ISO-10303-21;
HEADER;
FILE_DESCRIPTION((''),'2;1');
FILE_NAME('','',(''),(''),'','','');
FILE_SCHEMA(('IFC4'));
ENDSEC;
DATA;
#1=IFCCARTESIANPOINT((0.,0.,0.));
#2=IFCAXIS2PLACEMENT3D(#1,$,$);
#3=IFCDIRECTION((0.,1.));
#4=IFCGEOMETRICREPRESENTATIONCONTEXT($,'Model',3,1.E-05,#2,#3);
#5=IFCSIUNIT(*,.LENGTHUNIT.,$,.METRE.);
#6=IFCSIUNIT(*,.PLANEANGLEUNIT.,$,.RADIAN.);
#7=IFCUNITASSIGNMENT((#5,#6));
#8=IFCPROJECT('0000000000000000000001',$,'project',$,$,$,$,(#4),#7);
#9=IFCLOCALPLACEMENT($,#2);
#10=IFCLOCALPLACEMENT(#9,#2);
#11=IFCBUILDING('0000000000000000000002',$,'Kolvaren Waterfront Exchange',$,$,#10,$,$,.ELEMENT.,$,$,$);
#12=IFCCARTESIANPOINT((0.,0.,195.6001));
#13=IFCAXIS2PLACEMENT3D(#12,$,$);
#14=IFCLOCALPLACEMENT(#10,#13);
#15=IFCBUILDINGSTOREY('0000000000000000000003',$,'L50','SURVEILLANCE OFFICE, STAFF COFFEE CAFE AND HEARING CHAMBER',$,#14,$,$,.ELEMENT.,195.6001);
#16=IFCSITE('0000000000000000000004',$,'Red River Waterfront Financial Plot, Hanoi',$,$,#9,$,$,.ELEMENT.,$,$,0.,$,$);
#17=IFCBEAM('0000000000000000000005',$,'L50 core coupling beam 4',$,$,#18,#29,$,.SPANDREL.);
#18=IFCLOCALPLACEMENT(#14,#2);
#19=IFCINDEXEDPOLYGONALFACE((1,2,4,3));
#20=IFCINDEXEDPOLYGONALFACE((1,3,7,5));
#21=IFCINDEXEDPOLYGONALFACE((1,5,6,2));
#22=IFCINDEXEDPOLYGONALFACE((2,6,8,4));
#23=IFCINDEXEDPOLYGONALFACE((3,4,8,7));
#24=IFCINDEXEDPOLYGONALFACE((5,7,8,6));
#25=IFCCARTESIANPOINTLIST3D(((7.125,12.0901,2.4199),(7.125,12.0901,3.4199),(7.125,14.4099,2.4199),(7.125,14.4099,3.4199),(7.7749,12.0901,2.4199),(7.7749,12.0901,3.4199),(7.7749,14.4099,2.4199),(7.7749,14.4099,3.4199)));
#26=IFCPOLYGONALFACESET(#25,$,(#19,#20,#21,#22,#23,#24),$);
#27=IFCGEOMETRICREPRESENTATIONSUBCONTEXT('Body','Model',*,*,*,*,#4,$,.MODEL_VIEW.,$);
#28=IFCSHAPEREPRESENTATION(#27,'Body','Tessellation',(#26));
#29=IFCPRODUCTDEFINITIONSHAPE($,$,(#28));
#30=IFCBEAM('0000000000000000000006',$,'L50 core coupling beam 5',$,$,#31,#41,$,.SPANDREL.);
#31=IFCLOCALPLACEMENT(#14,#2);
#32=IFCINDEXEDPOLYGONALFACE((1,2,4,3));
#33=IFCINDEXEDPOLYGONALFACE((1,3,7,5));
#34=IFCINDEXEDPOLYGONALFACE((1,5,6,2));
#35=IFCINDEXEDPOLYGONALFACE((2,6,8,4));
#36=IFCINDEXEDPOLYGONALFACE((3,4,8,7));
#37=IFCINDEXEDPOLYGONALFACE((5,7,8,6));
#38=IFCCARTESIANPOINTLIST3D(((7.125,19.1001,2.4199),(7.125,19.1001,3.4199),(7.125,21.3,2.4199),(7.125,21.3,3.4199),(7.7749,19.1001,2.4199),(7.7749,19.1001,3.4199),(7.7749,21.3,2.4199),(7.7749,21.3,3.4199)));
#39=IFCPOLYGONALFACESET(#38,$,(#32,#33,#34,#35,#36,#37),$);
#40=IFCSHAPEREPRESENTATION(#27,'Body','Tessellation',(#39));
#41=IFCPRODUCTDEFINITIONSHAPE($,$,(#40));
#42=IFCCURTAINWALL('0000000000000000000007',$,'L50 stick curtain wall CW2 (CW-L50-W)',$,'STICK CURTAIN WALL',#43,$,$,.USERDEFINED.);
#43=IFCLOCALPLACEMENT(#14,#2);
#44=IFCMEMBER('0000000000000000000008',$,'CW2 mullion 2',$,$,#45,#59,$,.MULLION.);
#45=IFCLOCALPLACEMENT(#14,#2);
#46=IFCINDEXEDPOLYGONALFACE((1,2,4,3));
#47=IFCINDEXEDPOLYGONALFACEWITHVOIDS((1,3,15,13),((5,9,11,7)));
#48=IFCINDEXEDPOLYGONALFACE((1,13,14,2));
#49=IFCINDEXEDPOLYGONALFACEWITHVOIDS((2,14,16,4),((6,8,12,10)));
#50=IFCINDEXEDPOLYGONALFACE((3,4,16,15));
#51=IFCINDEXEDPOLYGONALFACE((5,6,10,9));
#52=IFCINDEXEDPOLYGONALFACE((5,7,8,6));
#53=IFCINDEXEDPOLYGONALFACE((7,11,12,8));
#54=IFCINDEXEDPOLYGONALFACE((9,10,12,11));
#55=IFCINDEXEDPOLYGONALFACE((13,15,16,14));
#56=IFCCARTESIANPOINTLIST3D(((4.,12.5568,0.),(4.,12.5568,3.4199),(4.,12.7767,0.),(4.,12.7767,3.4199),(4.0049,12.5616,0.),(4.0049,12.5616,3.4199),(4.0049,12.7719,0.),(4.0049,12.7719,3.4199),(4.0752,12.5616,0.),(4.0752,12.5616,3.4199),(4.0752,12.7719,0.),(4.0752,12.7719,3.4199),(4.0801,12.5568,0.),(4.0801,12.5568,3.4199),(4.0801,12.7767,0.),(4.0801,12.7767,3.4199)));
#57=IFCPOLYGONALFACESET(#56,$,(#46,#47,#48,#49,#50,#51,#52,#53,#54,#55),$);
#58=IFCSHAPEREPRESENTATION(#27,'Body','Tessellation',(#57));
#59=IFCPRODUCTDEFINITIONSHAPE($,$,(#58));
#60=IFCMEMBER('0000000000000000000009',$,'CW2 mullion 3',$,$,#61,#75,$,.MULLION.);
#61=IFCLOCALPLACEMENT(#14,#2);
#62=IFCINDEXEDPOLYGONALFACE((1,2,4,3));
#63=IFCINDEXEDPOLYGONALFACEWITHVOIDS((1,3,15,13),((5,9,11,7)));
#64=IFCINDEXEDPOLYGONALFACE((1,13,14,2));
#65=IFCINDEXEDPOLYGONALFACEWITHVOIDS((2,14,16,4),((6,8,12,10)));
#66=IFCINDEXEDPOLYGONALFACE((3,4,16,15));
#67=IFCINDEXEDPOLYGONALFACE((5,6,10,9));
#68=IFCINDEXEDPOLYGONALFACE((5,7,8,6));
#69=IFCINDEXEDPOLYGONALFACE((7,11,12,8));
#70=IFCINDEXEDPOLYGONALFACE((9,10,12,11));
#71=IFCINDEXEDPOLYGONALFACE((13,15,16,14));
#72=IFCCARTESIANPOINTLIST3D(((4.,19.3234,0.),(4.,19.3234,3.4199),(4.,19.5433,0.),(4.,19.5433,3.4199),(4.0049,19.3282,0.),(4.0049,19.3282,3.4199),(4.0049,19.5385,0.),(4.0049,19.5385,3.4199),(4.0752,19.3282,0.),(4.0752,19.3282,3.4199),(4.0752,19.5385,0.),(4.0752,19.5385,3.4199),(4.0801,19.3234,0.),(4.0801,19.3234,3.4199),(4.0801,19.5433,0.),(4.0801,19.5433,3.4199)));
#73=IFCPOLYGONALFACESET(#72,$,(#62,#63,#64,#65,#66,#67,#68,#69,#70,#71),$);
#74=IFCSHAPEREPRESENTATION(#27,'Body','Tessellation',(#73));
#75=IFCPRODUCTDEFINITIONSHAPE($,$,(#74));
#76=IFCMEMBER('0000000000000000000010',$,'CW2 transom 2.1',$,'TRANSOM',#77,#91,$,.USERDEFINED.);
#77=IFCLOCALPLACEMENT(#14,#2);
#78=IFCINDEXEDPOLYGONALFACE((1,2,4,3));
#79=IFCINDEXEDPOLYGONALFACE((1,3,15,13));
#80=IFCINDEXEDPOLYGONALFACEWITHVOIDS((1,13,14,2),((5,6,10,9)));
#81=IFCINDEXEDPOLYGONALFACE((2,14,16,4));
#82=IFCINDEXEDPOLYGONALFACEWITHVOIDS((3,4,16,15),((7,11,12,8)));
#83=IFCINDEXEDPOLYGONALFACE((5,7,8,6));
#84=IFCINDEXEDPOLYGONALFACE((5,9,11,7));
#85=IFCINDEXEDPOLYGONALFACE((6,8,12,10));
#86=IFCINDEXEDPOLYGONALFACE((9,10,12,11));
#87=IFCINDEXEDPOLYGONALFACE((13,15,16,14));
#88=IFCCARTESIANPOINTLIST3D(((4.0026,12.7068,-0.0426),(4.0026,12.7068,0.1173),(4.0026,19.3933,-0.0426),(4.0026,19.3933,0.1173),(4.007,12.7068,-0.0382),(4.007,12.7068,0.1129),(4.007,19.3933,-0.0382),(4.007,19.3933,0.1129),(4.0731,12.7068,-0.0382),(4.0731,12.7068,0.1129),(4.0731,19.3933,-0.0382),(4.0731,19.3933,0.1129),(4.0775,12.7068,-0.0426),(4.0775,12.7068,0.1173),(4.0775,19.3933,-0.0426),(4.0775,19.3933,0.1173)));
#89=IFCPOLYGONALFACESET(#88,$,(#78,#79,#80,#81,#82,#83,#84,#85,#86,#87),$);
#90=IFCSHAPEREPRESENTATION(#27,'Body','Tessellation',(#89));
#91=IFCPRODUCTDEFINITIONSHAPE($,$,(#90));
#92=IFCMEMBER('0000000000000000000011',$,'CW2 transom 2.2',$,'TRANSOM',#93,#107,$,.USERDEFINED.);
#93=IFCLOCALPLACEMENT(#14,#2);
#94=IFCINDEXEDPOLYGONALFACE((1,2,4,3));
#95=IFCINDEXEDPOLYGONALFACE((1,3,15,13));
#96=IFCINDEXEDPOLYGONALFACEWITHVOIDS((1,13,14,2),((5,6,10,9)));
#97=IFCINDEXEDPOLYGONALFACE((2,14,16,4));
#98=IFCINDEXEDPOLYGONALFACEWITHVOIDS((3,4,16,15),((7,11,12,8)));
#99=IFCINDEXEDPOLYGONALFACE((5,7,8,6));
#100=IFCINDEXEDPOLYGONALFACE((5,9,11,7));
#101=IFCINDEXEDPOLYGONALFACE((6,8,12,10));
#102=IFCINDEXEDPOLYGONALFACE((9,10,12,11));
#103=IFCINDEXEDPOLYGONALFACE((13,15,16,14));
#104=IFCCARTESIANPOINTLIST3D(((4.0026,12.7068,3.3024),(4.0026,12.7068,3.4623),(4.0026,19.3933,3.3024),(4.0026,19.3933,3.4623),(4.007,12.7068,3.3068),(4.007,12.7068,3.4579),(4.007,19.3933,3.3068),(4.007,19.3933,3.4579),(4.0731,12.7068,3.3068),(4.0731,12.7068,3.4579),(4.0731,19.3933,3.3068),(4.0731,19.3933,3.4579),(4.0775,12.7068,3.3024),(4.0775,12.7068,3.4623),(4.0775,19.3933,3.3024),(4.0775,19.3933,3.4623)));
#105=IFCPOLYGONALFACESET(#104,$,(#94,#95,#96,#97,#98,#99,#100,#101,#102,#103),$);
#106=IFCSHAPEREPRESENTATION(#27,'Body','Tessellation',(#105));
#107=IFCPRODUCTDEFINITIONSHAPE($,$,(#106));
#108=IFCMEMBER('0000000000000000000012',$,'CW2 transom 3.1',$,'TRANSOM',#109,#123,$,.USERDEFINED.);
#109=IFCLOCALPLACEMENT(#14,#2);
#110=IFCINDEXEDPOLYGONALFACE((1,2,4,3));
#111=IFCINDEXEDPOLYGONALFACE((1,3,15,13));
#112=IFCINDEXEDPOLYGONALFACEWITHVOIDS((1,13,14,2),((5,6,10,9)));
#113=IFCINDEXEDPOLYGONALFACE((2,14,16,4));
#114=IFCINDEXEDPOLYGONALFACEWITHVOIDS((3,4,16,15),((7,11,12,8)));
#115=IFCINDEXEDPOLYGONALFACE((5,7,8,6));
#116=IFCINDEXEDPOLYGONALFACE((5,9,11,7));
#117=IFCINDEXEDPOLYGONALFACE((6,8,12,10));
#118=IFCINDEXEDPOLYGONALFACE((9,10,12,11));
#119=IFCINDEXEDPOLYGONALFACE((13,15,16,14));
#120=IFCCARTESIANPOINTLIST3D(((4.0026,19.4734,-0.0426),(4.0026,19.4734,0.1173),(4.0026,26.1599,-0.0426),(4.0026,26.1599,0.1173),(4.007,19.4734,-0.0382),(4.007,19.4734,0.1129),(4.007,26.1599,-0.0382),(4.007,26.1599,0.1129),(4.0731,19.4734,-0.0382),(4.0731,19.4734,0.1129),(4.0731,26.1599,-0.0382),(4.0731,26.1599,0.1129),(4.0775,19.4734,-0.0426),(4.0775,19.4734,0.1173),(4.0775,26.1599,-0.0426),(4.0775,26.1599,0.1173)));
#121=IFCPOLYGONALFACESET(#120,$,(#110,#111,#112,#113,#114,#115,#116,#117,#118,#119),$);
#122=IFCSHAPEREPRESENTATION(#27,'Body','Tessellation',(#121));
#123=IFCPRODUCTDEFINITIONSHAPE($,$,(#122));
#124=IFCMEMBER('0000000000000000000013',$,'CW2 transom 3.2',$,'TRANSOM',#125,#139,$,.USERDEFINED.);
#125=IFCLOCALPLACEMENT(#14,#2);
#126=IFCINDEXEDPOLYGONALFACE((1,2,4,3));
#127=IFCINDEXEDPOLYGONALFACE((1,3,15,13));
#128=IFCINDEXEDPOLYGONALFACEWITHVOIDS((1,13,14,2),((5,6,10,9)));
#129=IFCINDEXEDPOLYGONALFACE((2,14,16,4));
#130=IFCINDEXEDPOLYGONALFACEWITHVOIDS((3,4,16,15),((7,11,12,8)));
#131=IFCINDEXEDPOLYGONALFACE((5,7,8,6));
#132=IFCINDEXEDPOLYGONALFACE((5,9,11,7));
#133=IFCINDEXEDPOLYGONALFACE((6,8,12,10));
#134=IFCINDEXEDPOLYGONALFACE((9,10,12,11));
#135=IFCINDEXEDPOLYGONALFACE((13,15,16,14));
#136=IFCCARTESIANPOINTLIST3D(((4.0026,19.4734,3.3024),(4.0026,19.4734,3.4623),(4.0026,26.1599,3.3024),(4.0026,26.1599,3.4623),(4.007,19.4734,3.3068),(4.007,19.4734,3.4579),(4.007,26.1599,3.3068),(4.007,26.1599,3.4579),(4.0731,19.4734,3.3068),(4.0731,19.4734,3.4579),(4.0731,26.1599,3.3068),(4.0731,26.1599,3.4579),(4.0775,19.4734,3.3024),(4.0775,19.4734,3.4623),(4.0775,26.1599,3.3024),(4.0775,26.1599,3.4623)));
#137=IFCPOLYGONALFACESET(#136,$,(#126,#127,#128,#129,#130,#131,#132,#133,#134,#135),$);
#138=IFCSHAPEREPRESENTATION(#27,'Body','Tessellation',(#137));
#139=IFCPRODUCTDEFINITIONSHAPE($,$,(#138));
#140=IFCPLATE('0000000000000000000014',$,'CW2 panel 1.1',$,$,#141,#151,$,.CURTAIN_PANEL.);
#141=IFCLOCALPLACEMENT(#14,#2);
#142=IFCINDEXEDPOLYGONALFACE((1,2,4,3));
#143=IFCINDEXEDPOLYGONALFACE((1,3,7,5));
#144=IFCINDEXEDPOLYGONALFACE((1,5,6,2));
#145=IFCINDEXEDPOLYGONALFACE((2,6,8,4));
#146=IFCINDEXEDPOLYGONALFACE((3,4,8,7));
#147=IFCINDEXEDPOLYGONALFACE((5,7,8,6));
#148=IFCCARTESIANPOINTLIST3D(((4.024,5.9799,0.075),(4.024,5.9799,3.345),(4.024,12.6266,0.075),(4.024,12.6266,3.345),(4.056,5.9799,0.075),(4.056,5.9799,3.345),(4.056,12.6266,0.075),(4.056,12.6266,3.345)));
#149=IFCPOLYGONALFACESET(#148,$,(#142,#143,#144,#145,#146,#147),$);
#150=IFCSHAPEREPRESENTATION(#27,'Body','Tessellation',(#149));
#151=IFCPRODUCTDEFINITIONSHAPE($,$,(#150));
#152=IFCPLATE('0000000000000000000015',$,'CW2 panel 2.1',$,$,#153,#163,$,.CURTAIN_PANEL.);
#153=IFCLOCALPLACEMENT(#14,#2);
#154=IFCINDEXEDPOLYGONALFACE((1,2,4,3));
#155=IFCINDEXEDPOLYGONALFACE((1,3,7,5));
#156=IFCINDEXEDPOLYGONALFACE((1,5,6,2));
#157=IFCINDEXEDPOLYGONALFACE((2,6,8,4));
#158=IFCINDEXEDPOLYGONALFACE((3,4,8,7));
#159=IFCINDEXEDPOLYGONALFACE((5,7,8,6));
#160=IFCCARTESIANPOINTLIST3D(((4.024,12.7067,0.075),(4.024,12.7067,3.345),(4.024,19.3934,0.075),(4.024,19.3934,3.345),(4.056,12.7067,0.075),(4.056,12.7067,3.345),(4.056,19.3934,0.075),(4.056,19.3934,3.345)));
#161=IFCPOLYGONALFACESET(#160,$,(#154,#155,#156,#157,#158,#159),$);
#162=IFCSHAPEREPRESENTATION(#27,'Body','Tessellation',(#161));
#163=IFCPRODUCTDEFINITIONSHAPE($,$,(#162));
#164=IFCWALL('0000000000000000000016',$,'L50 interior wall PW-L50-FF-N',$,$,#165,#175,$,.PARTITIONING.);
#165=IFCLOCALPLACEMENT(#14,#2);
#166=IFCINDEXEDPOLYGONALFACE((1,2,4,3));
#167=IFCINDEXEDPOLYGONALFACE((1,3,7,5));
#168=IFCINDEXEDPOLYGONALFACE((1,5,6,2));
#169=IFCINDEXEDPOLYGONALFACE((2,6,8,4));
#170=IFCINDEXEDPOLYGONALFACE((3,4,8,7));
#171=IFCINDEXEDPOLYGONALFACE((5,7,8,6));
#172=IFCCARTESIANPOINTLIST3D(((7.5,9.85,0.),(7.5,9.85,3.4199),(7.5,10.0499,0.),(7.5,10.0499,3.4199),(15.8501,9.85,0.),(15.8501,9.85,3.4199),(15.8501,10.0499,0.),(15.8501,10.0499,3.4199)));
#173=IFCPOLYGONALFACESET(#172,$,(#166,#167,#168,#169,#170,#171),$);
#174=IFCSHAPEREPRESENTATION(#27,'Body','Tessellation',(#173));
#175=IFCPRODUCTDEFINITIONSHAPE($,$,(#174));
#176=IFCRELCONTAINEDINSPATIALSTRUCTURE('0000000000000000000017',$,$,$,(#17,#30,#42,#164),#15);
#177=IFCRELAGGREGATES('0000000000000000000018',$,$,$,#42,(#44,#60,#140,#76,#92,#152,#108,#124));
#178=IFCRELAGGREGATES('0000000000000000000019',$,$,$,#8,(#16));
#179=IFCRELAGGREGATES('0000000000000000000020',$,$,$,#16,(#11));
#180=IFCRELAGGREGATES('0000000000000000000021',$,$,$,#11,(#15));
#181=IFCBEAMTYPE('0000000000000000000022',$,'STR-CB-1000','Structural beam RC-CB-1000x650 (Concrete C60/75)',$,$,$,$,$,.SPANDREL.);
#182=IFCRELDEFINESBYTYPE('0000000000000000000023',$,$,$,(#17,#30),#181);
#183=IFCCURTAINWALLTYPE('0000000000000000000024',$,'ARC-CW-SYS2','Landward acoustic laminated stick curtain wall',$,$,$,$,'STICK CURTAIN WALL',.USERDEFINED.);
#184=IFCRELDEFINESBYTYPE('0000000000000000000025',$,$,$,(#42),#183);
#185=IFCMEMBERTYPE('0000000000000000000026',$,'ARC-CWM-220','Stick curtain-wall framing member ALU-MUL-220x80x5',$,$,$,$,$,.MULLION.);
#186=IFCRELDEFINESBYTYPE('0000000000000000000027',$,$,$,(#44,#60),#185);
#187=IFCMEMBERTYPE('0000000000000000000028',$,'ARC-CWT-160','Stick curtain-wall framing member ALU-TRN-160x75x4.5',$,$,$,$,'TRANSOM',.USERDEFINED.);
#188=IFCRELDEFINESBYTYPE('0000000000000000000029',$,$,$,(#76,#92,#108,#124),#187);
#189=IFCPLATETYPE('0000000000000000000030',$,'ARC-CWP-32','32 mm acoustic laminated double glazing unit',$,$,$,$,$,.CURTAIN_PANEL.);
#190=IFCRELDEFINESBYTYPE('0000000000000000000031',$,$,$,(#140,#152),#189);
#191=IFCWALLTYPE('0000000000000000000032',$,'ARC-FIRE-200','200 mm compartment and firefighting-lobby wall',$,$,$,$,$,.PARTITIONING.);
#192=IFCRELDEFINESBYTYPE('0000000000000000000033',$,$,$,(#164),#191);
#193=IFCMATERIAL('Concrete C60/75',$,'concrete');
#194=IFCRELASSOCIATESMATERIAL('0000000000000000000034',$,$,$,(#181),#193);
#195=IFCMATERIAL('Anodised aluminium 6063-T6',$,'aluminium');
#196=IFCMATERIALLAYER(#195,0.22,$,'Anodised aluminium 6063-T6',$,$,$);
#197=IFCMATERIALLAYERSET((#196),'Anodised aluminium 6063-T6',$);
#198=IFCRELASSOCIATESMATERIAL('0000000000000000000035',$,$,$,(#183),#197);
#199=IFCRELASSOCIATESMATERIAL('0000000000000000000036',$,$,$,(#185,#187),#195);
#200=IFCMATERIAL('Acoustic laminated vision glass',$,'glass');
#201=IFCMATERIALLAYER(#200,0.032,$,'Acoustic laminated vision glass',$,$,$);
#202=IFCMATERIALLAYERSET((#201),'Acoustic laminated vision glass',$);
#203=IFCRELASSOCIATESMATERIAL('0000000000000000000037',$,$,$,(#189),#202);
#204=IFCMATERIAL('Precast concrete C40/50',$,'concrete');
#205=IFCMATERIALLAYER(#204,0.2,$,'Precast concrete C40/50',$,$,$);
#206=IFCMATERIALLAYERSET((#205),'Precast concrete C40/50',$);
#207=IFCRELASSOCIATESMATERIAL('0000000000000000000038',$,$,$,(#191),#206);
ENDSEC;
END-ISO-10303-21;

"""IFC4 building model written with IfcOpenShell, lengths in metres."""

from ifc_helpers import new_model, si_unit, direction, frame, frame_2d, origin, origin_with_axes, origin_2d, place, context, subcontext, project, spatial, rectangle, hollow_rectangle, extrude, source, transform, mapped, material, layer, layer_set, material_profile, profile_set, type_object, element, aggregate, save


model = new_model("IFC4")

# Units and contexts
model_context = context("Model", 3, precision=1e-05, world=origin(), true_north=direction((0.0, 1.0)))
body_context = subcontext(model_context, "Body", "Model", "MODEL_VIEW")
ifc_project = project(units=[si_unit("LENGTHUNIT", "METRE"), si_unit("PLANEANGLEUNIT", "RADIAN")], contexts=[model_context])

# Site, building, storey
site_placement = place(None, origin())
site = spatial("IfcSite", under=ifc_project, at=site_placement, Name="Red River Waterfront Financial Plot, Hanoi", CompositionType="ELEMENT", RefElevation=0.0)
building_placement = place(site_placement, origin())
building = spatial("IfcBuilding", under=site, at=building_placement, Name="Kolvaren Waterfront Exchange", CompositionType="ELEMENT")
storey_placement = place(building_placement, frame((0.0, 0.0, 195.6001)))
storey = spatial("IfcBuildingStorey", under=building, at=storey_placement, Name="L50", Description="SURVEILLANCE OFFICE, STAFF COFFEE CAFE AND HEARING CHAMBER", CompositionType="ELEMENT", Elevation=195.6001)

# Beams
ifc_material_1 = material(Name="Concrete C60/75", Category="concrete")
ifc_material_profile_1 = material_profile(ifc_material_1, rectangle(XDim=0.6499, YDim=1.0, at=origin_2d()), Name="RC-CB-1000x650")
ifc_profile_set_1 = profile_set([ifc_material_profile_1], Name="Concrete C60/75")
beam_type = type_object("IfcBeamType", Name="STR-CB-1000", Description="Structural beam RC-CB-1000x650 (Concrete C60/75)", PredefinedType="SPANDREL", material=ifc_profile_set_1)
beam_1_placement = place(storey_placement, frame((7.45, 12.0901, 2.9199), z_axis=(0.0, 1.0, 0.0), x_axis=(-1.0, 0.0, 0.0)))
element("IfcBeam", 1, at=beam_1_placement, inside=storey, type_object=beam_type, Name="L50 core coupling beam 4", PredefinedType="SPANDREL", context=body_context, shape_type="SweptSolid", body=[
    extrude(rectangle(XDim=0.6499, YDim=1.0, at=origin_2d()), origin(), (0.0, 0.0, 1.0), 2.3198),
])
beam_2_placement = place(storey_placement, frame((7.45, 19.1001, 2.9199), z_axis=(0.0, 1.0, 0.0), x_axis=(-1.0, 0.0, 0.0)))
element("IfcBeam", 2, at=beam_2_placement, inside=storey, type_object=beam_type, Name="L50 core coupling beam 5", PredefinedType="SPANDREL", context=body_context, shape_type="SweptSolid", body=[
    extrude(rectangle(XDim=0.6499, YDim=1.0, at=origin_2d()), origin(), (0.0, 0.0, 1.0), 2.2),
])

# Curtain wall, members, plates
ifc_material_2 = material(Name="Anodised aluminium 6063-T6", Category="aluminium")
ifc_layer_1 = layer(ifc_material_2, 0.22, Name="Anodised aluminium 6063-T6")
ifc_layer_set_1 = layer_set([ifc_layer_1], Name="Anodised aluminium 6063-T6")
curtain_wall_type = type_object("IfcCurtainWallType", Name="ARC-CW-SYS2", Description="Landward acoustic laminated stick curtain wall", ElementType="STICK CURTAIN WALL", PredefinedType="USERDEFINED", material=ifc_layer_set_1)
curtain_wall_placement = place(storey_placement, origin())
curtain_wall = element("IfcCurtainWall", 3, at=curtain_wall_placement, inside=storey, type_object=curtain_wall_type, Name="L50 stick curtain wall CW2 (CW-L50-W)", ObjectType="STICK CURTAIN WALL", PredefinedType="USERDEFINED")
ifc_material_profile_2 = material_profile(ifc_material_2, hollow_rectangle(XDim=0.0801, YDim=0.22, WallThickness=0.0049, at=origin_2d()), Name="ALU-MUL-220x80x5")
ifc_profile_set_2 = profile_set([ifc_material_profile_2], Name="Anodised aluminium 6063-T6")
member_type_1 = type_object("IfcMemberType", Name="ARC-CWM-220", Description="Stick curtain-wall framing member ALU-MUL-220x80x5", PredefinedType="MULLION", material=ifc_profile_set_2)
shared_shape_1 = source(origin_with_axes(), body_context, "Body", "SweptSolid", [
    extrude(hollow_rectangle(XDim=0.0801, YDim=0.22, WallThickness=0.0049, at=origin_2d()), origin(), (0.0, 0.0, 1.0), 3.4199),
])
member_1_placement = place(storey_placement, frame((4.04, 12.6667, 0.0), z_axis=(0.0, 0.0, 1.0), x_axis=(-1.0, 0.0, 0.0)))
member_1 = element("IfcMember", 4, at=member_1_placement, type_object=member_type_1, Name="CW2 mullion 2", PredefinedType="MULLION", context=body_context, shape_type="MappedRepresentation", body=[
    mapped(shared_shape_1, transform((0.0, 0.0, 0.0), x_axis=(1.0, 0.0, 0.0), y_axis=(0.0, 1.0, 0.0), z_axis=(0.0, 0.0, 1.0), scale=1.0)),
])
member_2_placement = place(storey_placement, frame((4.04, 19.4333, 0.0), z_axis=(0.0, 0.0, 1.0), x_axis=(-1.0, 0.0, 0.0)))
member_2 = element("IfcMember", 5, at=member_2_placement, type_object=member_type_1, Name="CW2 mullion 3", PredefinedType="MULLION", context=body_context, shape_type="MappedRepresentation", body=[
    mapped(shared_shape_1, transform((0.0, 0.0, 0.0), x_axis=(1.0, 0.0, 0.0), y_axis=(0.0, 1.0, 0.0), z_axis=(0.0, 0.0, 1.0), scale=1.0)),
])
ifc_material_profile_3 = material_profile(ifc_material_2, hollow_rectangle(XDim=0.075, YDim=0.1599, WallThickness=0.0044, at=origin_2d()), Name="ALU-TRN-160x75x4.5")
ifc_profile_set_3 = profile_set([ifc_material_profile_3], Name="Anodised aluminium 6063-T6")
member_type_2 = type_object("IfcMemberType", Name="ARC-CWT-160", Description="Stick curtain-wall framing member ALU-TRN-160x75x4.5", ElementType="TRANSOM", PredefinedType="USERDEFINED", material=ifc_profile_set_3)
shared_shape_2 = source(origin_with_axes(), body_context, "Body", "SweptSolid", [
    extrude(hollow_rectangle(XDim=0.075, YDim=0.1599, WallThickness=0.0044, at=origin_2d()), origin(), (0.0, 0.0, 1.0), 6.6865),
])
member_3_placement = place(storey_placement, frame((4.04, 12.7068, 0.0374), z_axis=(0.0, 1.0, 0.0), x_axis=(-1.0, 0.0, 0.0)))
member_3 = element("IfcMember", 6, at=member_3_placement, type_object=member_type_2, Name="CW2 transom 2.1", ObjectType="TRANSOM", PredefinedType="USERDEFINED", context=body_context, shape_type="MappedRepresentation", body=[
    mapped(shared_shape_2, transform((0.0, 0.0, 0.0), x_axis=(1.0, 0.0, 0.0), y_axis=(0.0, 1.0, 0.0), z_axis=(0.0, 0.0, 1.0), scale=1.0)),
])
member_4_placement = place(storey_placement, frame((4.04, 12.7068, 3.3823), z_axis=(0.0, 1.0, 0.0), x_axis=(-1.0, 0.0, 0.0)))
member_4 = element("IfcMember", 7, at=member_4_placement, type_object=member_type_2, Name="CW2 transom 2.2", ObjectType="TRANSOM", PredefinedType="USERDEFINED", context=body_context, shape_type="MappedRepresentation", body=[
    mapped(shared_shape_2, transform((0.0, 0.0, 0.0), x_axis=(1.0, 0.0, 0.0), y_axis=(0.0, 1.0, 0.0), z_axis=(0.0, 0.0, 1.0), scale=1.0)),
])
member_5_placement = place(storey_placement, frame((4.04, 19.4734, 0.0374), z_axis=(0.0, 1.0, 0.0), x_axis=(-1.0, 0.0, 0.0)))
member_5 = element("IfcMember", 8, at=member_5_placement, type_object=member_type_2, Name="CW2 transom 3.1", ObjectType="TRANSOM", PredefinedType="USERDEFINED", context=body_context, shape_type="MappedRepresentation", body=[
    mapped(shared_shape_2, transform((0.0, 0.0, 0.0), x_axis=(1.0, 0.0, 0.0), y_axis=(0.0, 1.0, 0.0), z_axis=(0.0, 0.0, 1.0), scale=1.0)),
])
member_6_placement = place(storey_placement, frame((4.04, 19.4734, 3.3823), z_axis=(0.0, 1.0, 0.0), x_axis=(-1.0, 0.0, 0.0)))
member_6 = element("IfcMember", 9, at=member_6_placement, type_object=member_type_2, Name="CW2 transom 3.2", ObjectType="TRANSOM", PredefinedType="USERDEFINED", context=body_context, shape_type="MappedRepresentation", body=[
    mapped(shared_shape_2, transform((0.0, 0.0, 0.0), x_axis=(1.0, 0.0, 0.0), y_axis=(0.0, 1.0, 0.0), z_axis=(0.0, 0.0, 1.0), scale=1.0)),
])
ifc_material_3 = material(Name="Acoustic laminated vision glass", Category="glass")
ifc_layer_2 = layer(ifc_material_3, 0.032, Name="Acoustic laminated vision glass")
ifc_layer_set_2 = layer_set([ifc_layer_2], Name="Acoustic laminated vision glass")
plate_type = type_object("IfcPlateType", Name="ARC-CWP-32", Description="32 mm acoustic laminated double glazing unit", PredefinedType="CURTAIN_PANEL", material=ifc_layer_set_2)
shared_shape_3 = source(origin_with_axes(), body_context, "Body", "SweptSolid", [
    extrude(rectangle(XDim=6.6467, YDim=0.032, at=origin_2d()), origin(), (0.0, 0.0, 1.0), 3.27),
])
plate_1_placement = place(storey_placement, frame((4.04, 9.3032, 0.075), z_axis=(0.0, 0.0, 1.0), x_axis=(0.0, 1.0, 0.0)))
plate_1 = element("IfcPlate", 10, at=plate_1_placement, type_object=plate_type, Name="CW2 panel 1.1", PredefinedType="CURTAIN_PANEL", context=body_context, shape_type="MappedRepresentation", body=[
    mapped(shared_shape_3, transform((0.0, 0.0, 0.0), x_axis=(1.0, 0.0, 0.0), y_axis=(0.0, 1.0, 0.0), z_axis=(0.0, 0.0, 1.0), scale=1.0)),
])
shared_shape_4 = source(origin_with_axes(), body_context, "Body", "SweptSolid", [
    extrude(rectangle(XDim=6.6868, YDim=0.032, at=origin_2d()), origin(), (0.0, 0.0, 1.0), 3.27),
])
plate_2_placement = place(storey_placement, frame((4.04, 16.05, 0.075), z_axis=(0.0, 0.0, 1.0), x_axis=(0.0, 1.0, 0.0)))
plate_2 = element("IfcPlate", 11, at=plate_2_placement, type_object=plate_type, Name="CW2 panel 2.1", PredefinedType="CURTAIN_PANEL", context=body_context, shape_type="MappedRepresentation", body=[
    mapped(shared_shape_4, transform((0.0, 0.0, 0.0), x_axis=(1.0, 0.0, 0.0), y_axis=(0.0, 1.0, 0.0), z_axis=(0.0, 0.0, 1.0), scale=1.0)),
])
aggregate(curtain_wall, [member_1, member_2, plate_1, member_3, member_4, plate_2, member_5, member_6])

# Wall
ifc_material_4 = material(Name="Precast concrete C40/50", Category="concrete")
ifc_layer_3 = layer(ifc_material_4, 0.2, Name="Precast concrete C40/50")
ifc_layer_set_3 = layer_set([ifc_layer_3], Name="Precast concrete C40/50")
wall_type_1 = type_object("IfcWallType", Name="ARC-FIRE-200", Description="200 mm compartment and firefighting-lobby wall", PredefinedType="PARTITIONING", material=ifc_layer_set_3)
wall_1_placement = place(storey_placement, frame((7.5, 9.95, 0.0), z_axis=(0.0, 0.0, 1.0), x_axis=(1.0, 0.0, 0.0)))
element("IfcWall", 12, at=wall_1_placement, inside=storey, type_object=wall_type_1, Name="L50 interior wall PW-L50-FF-N", PredefinedType="PARTITIONING", context=body_context, shape_type="SweptSolid", body=[
    extrude(rectangle(XDim=8.3501, YDim=0.2, at=frame_2d((4.175, 0.0))), origin(), (0.0, 0.0, 1.0), 3.4199),
])

save(model, "model.ifc")
